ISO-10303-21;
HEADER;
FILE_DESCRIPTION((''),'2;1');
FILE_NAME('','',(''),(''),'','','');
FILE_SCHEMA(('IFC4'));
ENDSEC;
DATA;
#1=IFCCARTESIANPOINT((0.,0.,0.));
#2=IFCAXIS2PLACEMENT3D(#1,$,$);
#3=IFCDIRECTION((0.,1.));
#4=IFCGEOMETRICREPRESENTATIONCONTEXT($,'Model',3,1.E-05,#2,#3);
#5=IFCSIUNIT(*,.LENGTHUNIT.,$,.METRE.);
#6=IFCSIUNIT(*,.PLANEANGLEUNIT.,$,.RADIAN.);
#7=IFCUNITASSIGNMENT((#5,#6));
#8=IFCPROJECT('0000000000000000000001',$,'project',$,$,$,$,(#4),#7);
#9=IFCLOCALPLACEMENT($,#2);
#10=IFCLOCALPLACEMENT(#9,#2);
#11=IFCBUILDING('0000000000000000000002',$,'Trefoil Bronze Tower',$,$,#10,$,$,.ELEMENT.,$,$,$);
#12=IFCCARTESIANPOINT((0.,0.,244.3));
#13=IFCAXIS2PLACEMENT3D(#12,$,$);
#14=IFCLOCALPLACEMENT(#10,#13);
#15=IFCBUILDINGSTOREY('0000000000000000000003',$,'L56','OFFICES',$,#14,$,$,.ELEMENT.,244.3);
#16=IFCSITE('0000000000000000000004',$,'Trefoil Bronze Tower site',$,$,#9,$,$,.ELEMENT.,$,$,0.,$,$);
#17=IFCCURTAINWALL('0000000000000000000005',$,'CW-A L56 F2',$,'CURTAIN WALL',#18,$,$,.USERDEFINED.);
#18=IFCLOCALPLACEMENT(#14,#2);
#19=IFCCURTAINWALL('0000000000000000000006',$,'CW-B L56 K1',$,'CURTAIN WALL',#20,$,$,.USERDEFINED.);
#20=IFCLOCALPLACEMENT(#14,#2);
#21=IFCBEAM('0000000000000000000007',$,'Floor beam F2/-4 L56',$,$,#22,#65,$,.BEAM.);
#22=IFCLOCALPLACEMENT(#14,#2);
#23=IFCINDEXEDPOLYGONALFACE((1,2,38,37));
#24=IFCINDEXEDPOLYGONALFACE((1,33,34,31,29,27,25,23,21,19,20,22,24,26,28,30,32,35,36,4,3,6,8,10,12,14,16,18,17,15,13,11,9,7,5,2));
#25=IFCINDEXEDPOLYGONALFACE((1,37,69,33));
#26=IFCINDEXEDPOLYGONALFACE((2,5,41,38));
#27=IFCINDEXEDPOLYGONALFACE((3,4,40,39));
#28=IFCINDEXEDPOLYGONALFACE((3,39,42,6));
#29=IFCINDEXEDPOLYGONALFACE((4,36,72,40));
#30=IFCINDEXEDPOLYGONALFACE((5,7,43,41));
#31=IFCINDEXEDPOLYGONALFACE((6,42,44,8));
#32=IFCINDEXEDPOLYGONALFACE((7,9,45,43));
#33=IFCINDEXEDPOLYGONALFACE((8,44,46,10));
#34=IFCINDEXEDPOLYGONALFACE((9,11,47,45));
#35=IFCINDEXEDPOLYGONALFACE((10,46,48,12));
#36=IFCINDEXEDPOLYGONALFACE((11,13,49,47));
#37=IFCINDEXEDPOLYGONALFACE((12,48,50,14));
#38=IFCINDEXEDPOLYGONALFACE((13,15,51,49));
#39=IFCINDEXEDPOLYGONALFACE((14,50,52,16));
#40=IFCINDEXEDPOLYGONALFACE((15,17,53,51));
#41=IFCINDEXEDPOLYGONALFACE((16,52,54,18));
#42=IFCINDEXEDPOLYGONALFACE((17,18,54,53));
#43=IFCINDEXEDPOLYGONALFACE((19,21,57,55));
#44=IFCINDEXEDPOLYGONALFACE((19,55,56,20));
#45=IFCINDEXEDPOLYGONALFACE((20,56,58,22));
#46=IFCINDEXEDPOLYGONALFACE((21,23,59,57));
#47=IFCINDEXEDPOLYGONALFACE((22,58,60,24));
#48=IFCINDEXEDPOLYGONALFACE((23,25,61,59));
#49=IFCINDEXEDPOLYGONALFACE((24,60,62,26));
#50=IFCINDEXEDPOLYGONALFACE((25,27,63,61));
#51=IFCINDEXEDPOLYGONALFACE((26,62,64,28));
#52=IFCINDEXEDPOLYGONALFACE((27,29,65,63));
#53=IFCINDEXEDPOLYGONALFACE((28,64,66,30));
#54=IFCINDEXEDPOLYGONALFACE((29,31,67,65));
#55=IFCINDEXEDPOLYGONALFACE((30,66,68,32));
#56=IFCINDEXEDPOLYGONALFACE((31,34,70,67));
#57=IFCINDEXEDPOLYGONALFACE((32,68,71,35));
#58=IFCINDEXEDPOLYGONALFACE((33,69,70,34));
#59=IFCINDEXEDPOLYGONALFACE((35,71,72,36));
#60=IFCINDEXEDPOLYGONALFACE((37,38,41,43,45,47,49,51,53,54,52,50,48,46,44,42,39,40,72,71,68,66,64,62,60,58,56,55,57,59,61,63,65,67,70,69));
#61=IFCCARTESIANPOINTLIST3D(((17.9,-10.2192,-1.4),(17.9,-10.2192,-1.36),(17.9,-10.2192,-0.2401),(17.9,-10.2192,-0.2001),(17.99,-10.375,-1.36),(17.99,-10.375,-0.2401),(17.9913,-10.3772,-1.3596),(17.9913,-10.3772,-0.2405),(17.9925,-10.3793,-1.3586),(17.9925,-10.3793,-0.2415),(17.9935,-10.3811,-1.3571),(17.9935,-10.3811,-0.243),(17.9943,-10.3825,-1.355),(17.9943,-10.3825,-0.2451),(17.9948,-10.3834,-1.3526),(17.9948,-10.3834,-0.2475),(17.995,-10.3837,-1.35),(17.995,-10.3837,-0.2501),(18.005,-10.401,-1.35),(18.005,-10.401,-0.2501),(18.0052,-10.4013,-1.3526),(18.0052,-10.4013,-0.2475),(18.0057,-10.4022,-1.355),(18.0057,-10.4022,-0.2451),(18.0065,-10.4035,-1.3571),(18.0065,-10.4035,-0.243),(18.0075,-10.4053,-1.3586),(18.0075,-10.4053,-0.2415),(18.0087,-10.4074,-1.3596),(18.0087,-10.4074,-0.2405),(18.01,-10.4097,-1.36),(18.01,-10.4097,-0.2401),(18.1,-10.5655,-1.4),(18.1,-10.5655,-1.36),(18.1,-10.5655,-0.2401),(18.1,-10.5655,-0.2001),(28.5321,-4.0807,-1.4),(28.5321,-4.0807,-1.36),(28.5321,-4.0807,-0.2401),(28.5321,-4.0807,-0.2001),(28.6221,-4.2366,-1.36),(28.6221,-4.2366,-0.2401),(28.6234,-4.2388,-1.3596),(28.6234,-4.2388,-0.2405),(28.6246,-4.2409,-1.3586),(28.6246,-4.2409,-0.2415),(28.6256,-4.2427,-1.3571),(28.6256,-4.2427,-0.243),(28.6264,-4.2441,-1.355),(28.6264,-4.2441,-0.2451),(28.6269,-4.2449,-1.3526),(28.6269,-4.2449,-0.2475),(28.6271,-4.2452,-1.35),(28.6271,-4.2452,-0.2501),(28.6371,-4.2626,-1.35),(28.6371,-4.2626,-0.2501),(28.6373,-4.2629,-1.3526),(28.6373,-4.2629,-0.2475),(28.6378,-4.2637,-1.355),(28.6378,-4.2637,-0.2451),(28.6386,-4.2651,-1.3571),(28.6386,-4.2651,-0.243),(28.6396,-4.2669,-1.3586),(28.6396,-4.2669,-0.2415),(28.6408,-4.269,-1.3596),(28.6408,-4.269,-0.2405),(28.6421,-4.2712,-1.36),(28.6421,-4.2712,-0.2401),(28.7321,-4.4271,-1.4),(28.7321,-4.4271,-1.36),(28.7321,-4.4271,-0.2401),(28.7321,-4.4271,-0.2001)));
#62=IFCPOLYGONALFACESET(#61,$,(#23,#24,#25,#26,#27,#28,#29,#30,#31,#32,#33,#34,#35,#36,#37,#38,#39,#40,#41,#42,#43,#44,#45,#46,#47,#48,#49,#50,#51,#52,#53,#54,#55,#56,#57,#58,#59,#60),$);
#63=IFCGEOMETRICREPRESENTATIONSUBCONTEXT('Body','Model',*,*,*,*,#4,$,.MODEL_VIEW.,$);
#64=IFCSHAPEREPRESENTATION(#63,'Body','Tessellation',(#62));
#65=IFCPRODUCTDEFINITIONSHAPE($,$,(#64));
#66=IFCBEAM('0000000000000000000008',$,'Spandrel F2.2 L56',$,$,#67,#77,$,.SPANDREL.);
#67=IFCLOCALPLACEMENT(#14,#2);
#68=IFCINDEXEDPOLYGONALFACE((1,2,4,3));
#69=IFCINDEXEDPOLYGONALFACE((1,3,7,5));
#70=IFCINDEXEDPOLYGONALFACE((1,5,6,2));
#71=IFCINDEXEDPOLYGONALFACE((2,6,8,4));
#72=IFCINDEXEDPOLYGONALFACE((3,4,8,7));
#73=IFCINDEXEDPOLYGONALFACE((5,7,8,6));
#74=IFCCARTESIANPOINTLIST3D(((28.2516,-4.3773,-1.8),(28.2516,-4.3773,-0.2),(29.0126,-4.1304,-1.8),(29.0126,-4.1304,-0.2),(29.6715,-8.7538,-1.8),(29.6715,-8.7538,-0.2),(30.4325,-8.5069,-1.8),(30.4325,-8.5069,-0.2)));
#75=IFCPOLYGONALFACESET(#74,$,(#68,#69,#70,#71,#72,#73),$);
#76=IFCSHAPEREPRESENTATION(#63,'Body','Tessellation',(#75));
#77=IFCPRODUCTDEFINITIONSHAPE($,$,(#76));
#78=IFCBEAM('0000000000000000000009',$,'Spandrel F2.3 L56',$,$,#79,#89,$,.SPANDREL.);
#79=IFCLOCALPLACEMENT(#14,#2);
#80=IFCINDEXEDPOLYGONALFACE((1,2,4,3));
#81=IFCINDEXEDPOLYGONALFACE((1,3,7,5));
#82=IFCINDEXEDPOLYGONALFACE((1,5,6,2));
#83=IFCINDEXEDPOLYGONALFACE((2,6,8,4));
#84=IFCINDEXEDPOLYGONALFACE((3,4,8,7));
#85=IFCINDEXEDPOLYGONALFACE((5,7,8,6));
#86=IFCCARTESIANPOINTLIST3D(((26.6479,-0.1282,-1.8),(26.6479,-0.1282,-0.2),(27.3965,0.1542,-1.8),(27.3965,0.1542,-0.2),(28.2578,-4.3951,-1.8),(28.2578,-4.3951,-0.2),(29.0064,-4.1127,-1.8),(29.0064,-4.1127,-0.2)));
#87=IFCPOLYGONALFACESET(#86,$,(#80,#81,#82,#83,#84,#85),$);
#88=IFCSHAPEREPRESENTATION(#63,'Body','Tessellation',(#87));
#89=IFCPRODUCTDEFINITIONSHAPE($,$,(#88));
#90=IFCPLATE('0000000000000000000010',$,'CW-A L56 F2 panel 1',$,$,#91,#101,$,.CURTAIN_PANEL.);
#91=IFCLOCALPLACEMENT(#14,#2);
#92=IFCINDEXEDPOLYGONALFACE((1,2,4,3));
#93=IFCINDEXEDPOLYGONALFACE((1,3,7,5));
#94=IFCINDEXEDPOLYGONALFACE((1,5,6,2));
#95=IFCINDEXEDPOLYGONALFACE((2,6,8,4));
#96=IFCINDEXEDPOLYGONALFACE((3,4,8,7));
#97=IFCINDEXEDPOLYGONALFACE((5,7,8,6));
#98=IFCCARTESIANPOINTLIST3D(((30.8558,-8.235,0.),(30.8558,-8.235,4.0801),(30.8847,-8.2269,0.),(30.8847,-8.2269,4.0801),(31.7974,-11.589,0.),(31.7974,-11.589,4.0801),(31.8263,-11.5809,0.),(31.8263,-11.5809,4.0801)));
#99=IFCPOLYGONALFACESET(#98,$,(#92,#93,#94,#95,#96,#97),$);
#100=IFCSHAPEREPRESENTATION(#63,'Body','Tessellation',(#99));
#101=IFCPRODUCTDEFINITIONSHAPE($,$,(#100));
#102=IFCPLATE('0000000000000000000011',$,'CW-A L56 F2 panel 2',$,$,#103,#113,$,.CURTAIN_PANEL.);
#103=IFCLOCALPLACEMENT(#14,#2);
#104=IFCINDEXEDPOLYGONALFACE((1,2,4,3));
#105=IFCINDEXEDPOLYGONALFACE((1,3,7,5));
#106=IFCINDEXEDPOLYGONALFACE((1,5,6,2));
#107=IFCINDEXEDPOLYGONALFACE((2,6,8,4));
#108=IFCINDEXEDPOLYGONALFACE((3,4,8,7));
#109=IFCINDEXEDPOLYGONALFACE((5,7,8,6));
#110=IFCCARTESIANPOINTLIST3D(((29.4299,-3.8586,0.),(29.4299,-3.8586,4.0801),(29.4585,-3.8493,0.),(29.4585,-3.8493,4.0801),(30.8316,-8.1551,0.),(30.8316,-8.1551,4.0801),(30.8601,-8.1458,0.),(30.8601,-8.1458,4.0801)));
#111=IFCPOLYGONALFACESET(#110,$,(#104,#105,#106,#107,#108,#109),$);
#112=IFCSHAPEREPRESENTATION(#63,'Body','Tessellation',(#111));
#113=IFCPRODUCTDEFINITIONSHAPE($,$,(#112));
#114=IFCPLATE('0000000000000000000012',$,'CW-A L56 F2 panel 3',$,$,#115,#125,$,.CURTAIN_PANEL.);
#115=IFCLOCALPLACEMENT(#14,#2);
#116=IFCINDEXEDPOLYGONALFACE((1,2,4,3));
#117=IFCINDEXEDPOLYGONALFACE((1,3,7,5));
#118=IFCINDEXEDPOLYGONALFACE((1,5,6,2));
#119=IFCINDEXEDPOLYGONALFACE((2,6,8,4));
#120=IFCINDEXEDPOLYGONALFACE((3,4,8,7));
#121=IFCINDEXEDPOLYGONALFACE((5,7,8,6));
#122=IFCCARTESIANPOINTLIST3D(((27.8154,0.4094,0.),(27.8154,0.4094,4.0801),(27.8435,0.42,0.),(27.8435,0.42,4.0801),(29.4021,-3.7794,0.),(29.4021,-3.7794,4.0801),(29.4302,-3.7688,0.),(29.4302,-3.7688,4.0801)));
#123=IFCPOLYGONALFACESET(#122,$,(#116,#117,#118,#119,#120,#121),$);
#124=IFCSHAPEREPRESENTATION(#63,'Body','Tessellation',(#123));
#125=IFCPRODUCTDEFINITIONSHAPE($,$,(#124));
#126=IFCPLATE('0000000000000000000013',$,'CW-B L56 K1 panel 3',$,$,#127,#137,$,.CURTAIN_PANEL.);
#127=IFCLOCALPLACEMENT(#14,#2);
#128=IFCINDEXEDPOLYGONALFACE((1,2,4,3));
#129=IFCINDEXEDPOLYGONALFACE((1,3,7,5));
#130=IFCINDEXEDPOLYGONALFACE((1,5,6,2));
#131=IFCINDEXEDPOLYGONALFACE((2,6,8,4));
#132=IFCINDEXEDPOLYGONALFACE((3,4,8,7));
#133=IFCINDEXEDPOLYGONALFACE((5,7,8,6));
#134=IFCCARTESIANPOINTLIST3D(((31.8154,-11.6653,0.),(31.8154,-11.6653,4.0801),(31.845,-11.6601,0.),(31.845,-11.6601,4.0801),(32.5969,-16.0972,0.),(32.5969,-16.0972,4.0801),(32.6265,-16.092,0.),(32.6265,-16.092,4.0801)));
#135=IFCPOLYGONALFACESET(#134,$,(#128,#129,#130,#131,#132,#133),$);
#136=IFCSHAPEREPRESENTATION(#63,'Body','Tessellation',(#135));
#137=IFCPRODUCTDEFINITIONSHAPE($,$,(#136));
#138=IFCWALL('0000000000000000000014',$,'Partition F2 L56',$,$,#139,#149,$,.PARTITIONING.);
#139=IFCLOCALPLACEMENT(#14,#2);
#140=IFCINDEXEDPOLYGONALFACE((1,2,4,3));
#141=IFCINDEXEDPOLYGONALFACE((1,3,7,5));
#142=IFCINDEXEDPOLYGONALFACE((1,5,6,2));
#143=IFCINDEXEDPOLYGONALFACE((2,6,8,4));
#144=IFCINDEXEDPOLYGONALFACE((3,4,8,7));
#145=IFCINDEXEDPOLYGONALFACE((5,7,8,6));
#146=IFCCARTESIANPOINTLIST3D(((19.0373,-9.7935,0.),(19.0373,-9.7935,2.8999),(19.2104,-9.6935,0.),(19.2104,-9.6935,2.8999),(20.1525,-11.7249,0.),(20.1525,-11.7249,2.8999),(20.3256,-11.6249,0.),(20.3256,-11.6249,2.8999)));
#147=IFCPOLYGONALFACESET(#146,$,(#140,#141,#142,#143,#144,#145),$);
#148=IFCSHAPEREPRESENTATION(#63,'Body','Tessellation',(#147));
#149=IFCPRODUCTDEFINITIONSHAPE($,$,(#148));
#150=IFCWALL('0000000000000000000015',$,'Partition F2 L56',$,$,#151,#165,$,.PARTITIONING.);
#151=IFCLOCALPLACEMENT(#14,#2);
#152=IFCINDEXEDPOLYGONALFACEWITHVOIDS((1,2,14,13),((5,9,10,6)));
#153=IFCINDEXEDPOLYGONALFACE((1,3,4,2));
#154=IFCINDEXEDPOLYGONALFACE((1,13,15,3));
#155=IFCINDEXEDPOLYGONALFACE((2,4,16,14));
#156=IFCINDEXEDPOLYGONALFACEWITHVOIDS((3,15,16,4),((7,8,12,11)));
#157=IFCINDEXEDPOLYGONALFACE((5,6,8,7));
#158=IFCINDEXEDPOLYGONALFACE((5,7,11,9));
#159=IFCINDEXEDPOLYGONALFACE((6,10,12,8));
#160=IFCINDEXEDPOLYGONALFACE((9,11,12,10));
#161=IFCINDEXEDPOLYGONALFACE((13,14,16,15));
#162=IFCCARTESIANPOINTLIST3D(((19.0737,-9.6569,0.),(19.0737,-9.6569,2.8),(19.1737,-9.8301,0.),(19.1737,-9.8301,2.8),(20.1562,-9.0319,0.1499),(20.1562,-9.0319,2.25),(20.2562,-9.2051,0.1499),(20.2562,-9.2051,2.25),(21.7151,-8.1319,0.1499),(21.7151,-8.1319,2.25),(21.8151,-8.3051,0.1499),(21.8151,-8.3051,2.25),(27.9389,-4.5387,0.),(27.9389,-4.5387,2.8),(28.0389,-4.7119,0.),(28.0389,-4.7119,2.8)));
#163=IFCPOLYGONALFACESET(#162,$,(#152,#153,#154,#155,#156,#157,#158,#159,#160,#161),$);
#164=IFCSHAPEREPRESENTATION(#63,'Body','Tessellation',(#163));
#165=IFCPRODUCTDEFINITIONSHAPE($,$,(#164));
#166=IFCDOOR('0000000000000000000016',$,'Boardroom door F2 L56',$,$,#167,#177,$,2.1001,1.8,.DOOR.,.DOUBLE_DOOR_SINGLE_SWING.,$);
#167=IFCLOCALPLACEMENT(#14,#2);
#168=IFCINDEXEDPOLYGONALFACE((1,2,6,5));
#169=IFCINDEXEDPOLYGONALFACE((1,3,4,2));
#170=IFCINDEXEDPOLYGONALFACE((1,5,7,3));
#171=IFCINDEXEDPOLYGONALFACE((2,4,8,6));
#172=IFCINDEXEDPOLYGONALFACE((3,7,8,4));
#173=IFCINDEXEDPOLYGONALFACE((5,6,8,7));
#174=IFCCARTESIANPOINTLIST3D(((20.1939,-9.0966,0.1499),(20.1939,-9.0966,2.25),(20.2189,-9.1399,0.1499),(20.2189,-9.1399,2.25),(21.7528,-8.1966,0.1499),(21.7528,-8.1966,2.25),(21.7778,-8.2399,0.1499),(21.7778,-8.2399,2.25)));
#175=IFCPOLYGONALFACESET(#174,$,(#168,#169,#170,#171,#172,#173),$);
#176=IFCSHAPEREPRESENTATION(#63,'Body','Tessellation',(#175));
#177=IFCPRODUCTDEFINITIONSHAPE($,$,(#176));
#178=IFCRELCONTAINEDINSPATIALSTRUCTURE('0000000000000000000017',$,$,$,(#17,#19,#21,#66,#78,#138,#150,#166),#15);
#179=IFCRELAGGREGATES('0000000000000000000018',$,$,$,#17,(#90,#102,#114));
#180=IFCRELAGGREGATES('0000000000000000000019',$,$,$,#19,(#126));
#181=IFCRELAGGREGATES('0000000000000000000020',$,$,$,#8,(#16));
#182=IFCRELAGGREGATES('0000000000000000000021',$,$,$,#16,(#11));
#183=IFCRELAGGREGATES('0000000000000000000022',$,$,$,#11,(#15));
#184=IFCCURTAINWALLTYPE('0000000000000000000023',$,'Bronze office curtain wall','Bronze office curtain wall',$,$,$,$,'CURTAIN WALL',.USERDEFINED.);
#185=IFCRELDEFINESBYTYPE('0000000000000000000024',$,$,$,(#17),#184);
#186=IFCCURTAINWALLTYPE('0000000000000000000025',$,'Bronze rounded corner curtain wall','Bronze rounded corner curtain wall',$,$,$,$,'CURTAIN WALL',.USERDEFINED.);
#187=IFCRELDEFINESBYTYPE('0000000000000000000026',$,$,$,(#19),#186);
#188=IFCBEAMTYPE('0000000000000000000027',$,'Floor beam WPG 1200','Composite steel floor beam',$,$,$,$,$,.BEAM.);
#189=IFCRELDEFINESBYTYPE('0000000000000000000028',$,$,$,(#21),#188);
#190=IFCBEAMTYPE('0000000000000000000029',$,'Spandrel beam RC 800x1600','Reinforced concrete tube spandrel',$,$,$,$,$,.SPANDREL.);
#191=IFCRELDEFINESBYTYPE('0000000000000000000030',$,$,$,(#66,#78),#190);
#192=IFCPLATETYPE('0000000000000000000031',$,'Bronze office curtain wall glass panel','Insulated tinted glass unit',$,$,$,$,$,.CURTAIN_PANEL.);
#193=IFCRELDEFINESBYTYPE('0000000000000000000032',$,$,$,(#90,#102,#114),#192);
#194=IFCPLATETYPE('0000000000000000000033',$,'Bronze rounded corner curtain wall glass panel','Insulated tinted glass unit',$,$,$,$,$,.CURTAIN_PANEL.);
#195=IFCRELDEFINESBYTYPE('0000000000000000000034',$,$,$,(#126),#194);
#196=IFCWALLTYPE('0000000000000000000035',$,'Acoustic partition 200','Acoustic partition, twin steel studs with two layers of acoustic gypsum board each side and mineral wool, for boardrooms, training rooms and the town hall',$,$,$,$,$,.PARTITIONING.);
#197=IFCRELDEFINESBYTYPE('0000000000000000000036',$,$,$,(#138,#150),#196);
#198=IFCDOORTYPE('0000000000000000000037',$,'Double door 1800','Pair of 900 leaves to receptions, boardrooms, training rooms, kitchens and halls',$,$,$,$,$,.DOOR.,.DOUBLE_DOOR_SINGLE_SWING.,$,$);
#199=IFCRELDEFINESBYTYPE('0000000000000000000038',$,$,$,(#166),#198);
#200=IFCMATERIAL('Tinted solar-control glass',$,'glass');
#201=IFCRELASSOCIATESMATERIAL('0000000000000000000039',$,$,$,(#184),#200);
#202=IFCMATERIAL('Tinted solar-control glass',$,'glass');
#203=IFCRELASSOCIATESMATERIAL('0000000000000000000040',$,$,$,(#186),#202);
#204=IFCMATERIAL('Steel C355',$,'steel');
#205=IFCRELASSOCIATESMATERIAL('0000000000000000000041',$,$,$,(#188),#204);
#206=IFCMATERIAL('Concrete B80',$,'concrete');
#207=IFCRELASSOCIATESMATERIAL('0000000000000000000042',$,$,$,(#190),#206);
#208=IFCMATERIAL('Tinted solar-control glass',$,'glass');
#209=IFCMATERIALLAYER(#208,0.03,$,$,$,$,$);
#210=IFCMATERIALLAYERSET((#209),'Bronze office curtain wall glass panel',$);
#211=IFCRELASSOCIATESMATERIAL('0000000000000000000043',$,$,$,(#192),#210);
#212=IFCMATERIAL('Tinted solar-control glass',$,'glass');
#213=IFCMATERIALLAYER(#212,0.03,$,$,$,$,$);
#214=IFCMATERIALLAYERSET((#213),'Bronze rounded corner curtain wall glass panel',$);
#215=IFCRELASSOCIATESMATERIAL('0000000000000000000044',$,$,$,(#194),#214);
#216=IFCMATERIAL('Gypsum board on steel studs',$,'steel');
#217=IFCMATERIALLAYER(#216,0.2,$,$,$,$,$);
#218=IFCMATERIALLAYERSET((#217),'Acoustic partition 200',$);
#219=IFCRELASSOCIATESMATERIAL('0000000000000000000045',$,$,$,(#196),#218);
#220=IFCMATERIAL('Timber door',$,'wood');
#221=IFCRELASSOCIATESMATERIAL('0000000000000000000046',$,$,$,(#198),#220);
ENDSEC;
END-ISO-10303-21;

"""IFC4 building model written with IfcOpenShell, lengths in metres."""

from ifc_helpers import new_model, si_unit, direction, frame, frame_2d, origin, origin_2d, place, context, subcontext, project, spatial, rectangle, i_section, extrude, material, layer, layer_set, material_profile, profile_set, type_object, element, fill, aggregate, save


model = new_model("IFC4")

# Units and contexts
model_context = context("Model", 3, precision=1e-05, world=origin(), true_north=direction((0.0, 1.0)))
body_context = subcontext(model_context, "Body", "Model", "MODEL_VIEW")
ifc_project = project(units=[si_unit("LENGTHUNIT", "METRE"), si_unit("PLANEANGLEUNIT", "RADIAN")], contexts=[model_context])

# Site, building, storey
site_placement = place(None, origin())
site = spatial("IfcSite", under=ifc_project, at=site_placement, Name="Trefoil Bronze Tower site", CompositionType="ELEMENT", RefElevation=0.0)
building_placement = place(site_placement, origin())
building = spatial("IfcBuilding", under=site, at=building_placement, Name="Trefoil Bronze Tower", CompositionType="ELEMENT")
storey_placement = place(building_placement, frame((0.0, 0.0, 244.3)))
storey = spatial("IfcBuildingStorey", under=building, at=storey_placement, Name="L56", Description="OFFICES", CompositionType="ELEMENT", Elevation=244.3)

# Curtain walls
ifc_material_1 = material(Name="Tinted solar-control glass", Category="glass")
curtain_wall_type_1 = type_object("IfcCurtainWallType", Name="Bronze office curtain wall", Description="Bronze office curtain wall", ElementType="CURTAIN WALL", PredefinedType="USERDEFINED", material=ifc_material_1)
curtain_wall_1_placement = place(storey_placement, origin())
curtain_wall_1 = element("IfcCurtainWall", 1, at=curtain_wall_1_placement, inside=storey, type_object=curtain_wall_type_1, Name="CW-A L56 F2", ObjectType="CURTAIN WALL", PredefinedType="USERDEFINED")
ifc_material_2 = material(Name="Tinted solar-control glass", Category="glass")
curtain_wall_type_2 = type_object("IfcCurtainWallType", Name="Bronze rounded corner curtain wall", Description="Bronze rounded corner curtain wall", ElementType="CURTAIN WALL", PredefinedType="USERDEFINED", material=ifc_material_2)
curtain_wall_2_placement = place(storey_placement, origin())
curtain_wall_2 = element("IfcCurtainWall", 2, at=curtain_wall_2_placement, inside=storey, type_object=curtain_wall_type_2, Name="CW-B L56 K1", ObjectType="CURTAIN WALL", PredefinedType="USERDEFINED")

# Beams
ifc_material_3 = material(Name="Steel C355", Category="steel")
ifc_material_profile_1 = material_profile(ifc_material_3, i_section(OverallWidth=0.3999, OverallDepth=1.2, WebThickness=0.02, FlangeThickness=0.04, FilletRadius=0.01, at=origin_2d()), Name="WPG 1200")
ifc_profile_set_1 = profile_set([ifc_material_profile_1], Name="Steel C355")
beam_type_1 = type_object("IfcBeamType", Name="Floor beam WPG 1200", Description="Composite steel floor beam", PredefinedType="BEAM", material=ifc_profile_set_1)
beam_1_placement = place(storey_placement, frame((28.6321, -4.2539, -0.8), z_axis=(-0.866026, -0.5, 0.0), x_axis=(0.5, -0.866026, 0.0)))
element("IfcBeam", 3, at=beam_1_placement, inside=storey, type_object=beam_type_1, Name="Floor beam F2/-4 L56", PredefinedType="BEAM", context=body_context, shape_type="SweptSolid", body=[
    extrude(i_section(OverallWidth=0.3999, OverallDepth=1.2, WebThickness=0.02, FlangeThickness=0.04, FilletRadius=0.01, at=origin_2d()), origin(), (0.0, 0.0, 1.0), 12.2769),
])
ifc_material_4 = material(Name="Concrete B80", Category="concrete")
ifc_material_profile_2 = material_profile(ifc_material_4, rectangle(XDim=0.8, YDim=1.6001, at=origin_2d()), Name="RC 800x1600")
ifc_profile_set_2 = profile_set([ifc_material_profile_2], Name="Concrete B80")
beam_type_2 = type_object("IfcBeamType", Name="Spandrel beam RC 800x1600", Description="Reinforced concrete tube spandrel", PredefinedType="SPANDREL", material=ifc_profile_set_2)
beam_2_placement = place(storey_placement, frame((30.052, -8.6304, -1.0), z_axis=(-0.308609, 0.951189, 0.0), x_axis=(-0.951189, -0.308609, 0.0)))
element("IfcBeam", 4, at=beam_2_placement, inside=storey, type_object=beam_type_2, Name="Spandrel F2.2 L56", PredefinedType="SPANDREL", context=body_context, shape_type="SweptSolid", body=[
    extrude(rectangle(XDim=0.8, YDim=1.6001, at=origin_2d()), origin(), (0.0, 0.0, 1.0), 4.6011),
])
beam_3_placement = place(storey_placement, frame((28.6321, -4.2539, -1.0), z_axis=(-0.353006, 0.935621, 0.0), x_axis=(-0.935621, -0.353006, 0.0)))
element("IfcBeam", 5, at=beam_3_placement, inside=storey, type_object=beam_type_2, Name="Spandrel F2.3 L56", PredefinedType="SPANDREL", context=body_context, shape_type="SweptSolid", body=[
    extrude(rectangle(XDim=0.8, YDim=1.6001, at=origin_2d()), origin(), (0.0, 0.0, 1.0), 4.5605),
])

# Plates
ifc_material_5 = material(Name="Tinted solar-control glass", Category="glass")
ifc_layer_1 = layer(ifc_material_5, 0.03)
ifc_layer_set_1 = layer_set([ifc_layer_1], Name="Bronze office curtain wall glass panel")
plate_type_1 = type_object("IfcPlateType", Name="Bronze office curtain wall glass panel", Description="Insulated tinted glass unit", PredefinedType="CURTAIN_PANEL", material=ifc_layer_set_1)
plate_1_placement = place(storey_placement, frame((31.3411, -9.908, 0.0), z_axis=(0.0, 0.0, 1.0), x_axis=(-0.270282, 0.962781, 0.0)))
plate_1 = element("IfcPlate", 6, at=plate_1_placement, type_object=plate_type_1, Name="CW-A L56 F2 panel 1", PredefinedType="CURTAIN_PANEL", context=body_context, shape_type="SweptSolid", body=[
    extrude(rectangle(XDim=3.4836, YDim=0.03, at=origin_2d()), origin(), (0.0, 0.0, 1.0), 4.0801),
])
plate_2_placement = place(storey_placement, frame((30.145, -6.0022, 0.0), z_axis=(0.0, 0.0, 1.0), x_axis=(-0.310149, 0.950688, 0.0)))
plate_2 = element("IfcPlate", 7, at=plate_2_placement, type_object=plate_type_1, Name="CW-A L56 F2 panel 2", PredefinedType="CURTAIN_PANEL", context=body_context, shape_type="SweptSolid", body=[
    extrude(rectangle(XDim=4.5193, YDim=0.03, at=origin_2d()), origin(), (0.0, 0.0, 1.0), 4.0801),
])
plate_3_placement = place(storey_placement, frame((28.6228, -1.6797, 0.0), z_axis=(0.0, 0.0, 1.0), x_axis=(-0.354234, 0.935157, 0.0)))
plate_3 = element("IfcPlate", 8, at=plate_3_placement, type_object=plate_type_1, Name="CW-A L56 F2 panel 3", PredefinedType="CURTAIN_PANEL", context=body_context, shape_type="SweptSolid", body=[
    extrude(rectangle(XDim=4.4792, YDim=0.03, at=origin_2d()), origin(), (0.0, 0.0, 1.0), 4.0801),
])
aggregate(curtain_wall_1, [plate_1, plate_2, plate_3])
ifc_material_6 = material(Name="Tinted solar-control glass", Category="glass")
ifc_layer_2 = layer(ifc_material_6, 0.03)
ifc_layer_set_2 = layer_set([ifc_layer_2], Name="Bronze rounded corner curtain wall glass panel")
plate_type_2 = type_object("IfcPlateType", Name="Bronze rounded corner curtain wall glass panel", Description="Insulated tinted glass unit", PredefinedType="CURTAIN_PANEL", material=ifc_layer_set_2)
plate_4_placement = place(storey_placement, frame((32.2209, -13.8787, 0.0), z_axis=(0.0, 0.0, 1.0), x_axis=(-0.173648, 0.984808, 0.0)))
plate_4 = element("IfcPlate", 9, at=plate_4_placement, type_object=plate_type_2, Name="CW-B L56 K1 panel 3", PredefinedType="CURTAIN_PANEL", context=body_context, shape_type="SweptSolid", body=[
    extrude(rectangle(XDim=4.5002, YDim=0.03, at=origin_2d()), origin(), (0.0, 0.0, 1.0), 4.0801),
])
aggregate(curtain_wall_2, [plate_4])

# Wall
ifc_material_7 = material(Name="Gypsum board on steel studs", Category="steel")
ifc_layer_3 = layer(ifc_material_7, 0.2)
ifc_layer_set_3 = layer_set([ifc_layer_3], Name="Acoustic partition 200")
wall_type_1 = type_object("IfcWallType", Name="Acoustic partition 200", Description="Acoustic partition, twin steel studs with two layers of acoustic gypsum board each side and mineral wool, for boardrooms, training rooms and the town hall", PredefinedType="PARTITIONING", material=ifc_layer_set_3)
wall_1_placement = place(storey_placement, frame((19.1238, -9.7434, 0.0), z_axis=(0.0, 0.0, 1.0), x_axis=(0.500048, -0.865998, 0.0)))
element("IfcWall", 10, at=wall_1_placement, inside=storey, type_object=wall_type_1, Name="Partition F2 L56", PredefinedType="PARTITIONING", context=body_context, shape_type="SweptSolid", body=[
    extrude(rectangle(XDim=2.2302, YDim=0.2, at=frame_2d((1.1152, 0.0))), origin(), (0.0, 0.0, 1.0), 2.8999),
])

# Wall, opening, door
wall_2_placement = place(storey_placement, frame((19.1238, -9.7434, 0.0), z_axis=(0.0, 0.0, 1.0), x_axis=(0.866033, 0.499987, 0.0)))
wall_2 = element("IfcWall", 11, at=wall_2_placement, inside=storey, type_object=wall_type_1, Name="Partition F2 L56", PredefinedType="PARTITIONING", context=body_context, shape_type="SweptSolid", body=[
    extrude(rectangle(XDim=10.2366, YDim=0.2, at=frame_2d((5.1182, 0.0))), origin(), (0.0, 0.0, 1.0), 2.8),
])
opening_1_placement = place(wall_2_placement, frame((1.25, 0.0, 0.1499)))
opening_1 = element("IfcOpeningElement", 12, at=opening_1_placement, cuts=wall_2, PredefinedType="OPENING", context=body_context, shape_type="SweptSolid", body=[
    extrude(rectangle(XDim=1.8, YDim=2.1001, at=frame_2d((0.8999, 1.05))), frame((0.0, 0.1099, 0.0), z_axis=(0.0, -1.0, 0.0), x_axis=(1.0, 0.0, 0.0)), (0.0, 0.0, 1.0), 0.22),
])
ifc_material_8 = material(Name="Timber door", Category="wood")
door_type_1 = type_object("IfcDoorType", Name="Double door 1800", Description="Pair of 900 leaves to receptions, boardrooms, training rooms, kitchens and halls", OperationType="DOUBLE_DOOR_SINGLE_SWING", PredefinedType="DOOR", material=ifc_material_8)
door_1_placement = place(opening_1_placement, frame((1.8, 0.0, 0.0), z_axis=(0.0, 0.0, 1.0), x_axis=(-1.0, 0.0, 0.0)))
door_1 = element("IfcDoor", 13, at=door_1_placement, inside=storey, type_object=door_type_1, Name="Boardroom door F2 L56", OperationType="DOUBLE_DOOR_SINGLE_SWING", OverallHeight=2.1001, OverallWidth=1.8, PredefinedType="DOOR", context=body_context, shape_type="SweptSolid", body=[
    extrude(rectangle(XDim=1.8, YDim=2.1001, at=frame_2d((0.8999, 1.05))), frame((0.0, 0.0249, 0.0), z_axis=(0.0, -1.0, 0.0), x_axis=(1.0, 0.0, 0.0)), (0.0, 0.0, 1.0), 0.05),
])
fill(opening_1, door_1)

save(model, "model.ifc")
